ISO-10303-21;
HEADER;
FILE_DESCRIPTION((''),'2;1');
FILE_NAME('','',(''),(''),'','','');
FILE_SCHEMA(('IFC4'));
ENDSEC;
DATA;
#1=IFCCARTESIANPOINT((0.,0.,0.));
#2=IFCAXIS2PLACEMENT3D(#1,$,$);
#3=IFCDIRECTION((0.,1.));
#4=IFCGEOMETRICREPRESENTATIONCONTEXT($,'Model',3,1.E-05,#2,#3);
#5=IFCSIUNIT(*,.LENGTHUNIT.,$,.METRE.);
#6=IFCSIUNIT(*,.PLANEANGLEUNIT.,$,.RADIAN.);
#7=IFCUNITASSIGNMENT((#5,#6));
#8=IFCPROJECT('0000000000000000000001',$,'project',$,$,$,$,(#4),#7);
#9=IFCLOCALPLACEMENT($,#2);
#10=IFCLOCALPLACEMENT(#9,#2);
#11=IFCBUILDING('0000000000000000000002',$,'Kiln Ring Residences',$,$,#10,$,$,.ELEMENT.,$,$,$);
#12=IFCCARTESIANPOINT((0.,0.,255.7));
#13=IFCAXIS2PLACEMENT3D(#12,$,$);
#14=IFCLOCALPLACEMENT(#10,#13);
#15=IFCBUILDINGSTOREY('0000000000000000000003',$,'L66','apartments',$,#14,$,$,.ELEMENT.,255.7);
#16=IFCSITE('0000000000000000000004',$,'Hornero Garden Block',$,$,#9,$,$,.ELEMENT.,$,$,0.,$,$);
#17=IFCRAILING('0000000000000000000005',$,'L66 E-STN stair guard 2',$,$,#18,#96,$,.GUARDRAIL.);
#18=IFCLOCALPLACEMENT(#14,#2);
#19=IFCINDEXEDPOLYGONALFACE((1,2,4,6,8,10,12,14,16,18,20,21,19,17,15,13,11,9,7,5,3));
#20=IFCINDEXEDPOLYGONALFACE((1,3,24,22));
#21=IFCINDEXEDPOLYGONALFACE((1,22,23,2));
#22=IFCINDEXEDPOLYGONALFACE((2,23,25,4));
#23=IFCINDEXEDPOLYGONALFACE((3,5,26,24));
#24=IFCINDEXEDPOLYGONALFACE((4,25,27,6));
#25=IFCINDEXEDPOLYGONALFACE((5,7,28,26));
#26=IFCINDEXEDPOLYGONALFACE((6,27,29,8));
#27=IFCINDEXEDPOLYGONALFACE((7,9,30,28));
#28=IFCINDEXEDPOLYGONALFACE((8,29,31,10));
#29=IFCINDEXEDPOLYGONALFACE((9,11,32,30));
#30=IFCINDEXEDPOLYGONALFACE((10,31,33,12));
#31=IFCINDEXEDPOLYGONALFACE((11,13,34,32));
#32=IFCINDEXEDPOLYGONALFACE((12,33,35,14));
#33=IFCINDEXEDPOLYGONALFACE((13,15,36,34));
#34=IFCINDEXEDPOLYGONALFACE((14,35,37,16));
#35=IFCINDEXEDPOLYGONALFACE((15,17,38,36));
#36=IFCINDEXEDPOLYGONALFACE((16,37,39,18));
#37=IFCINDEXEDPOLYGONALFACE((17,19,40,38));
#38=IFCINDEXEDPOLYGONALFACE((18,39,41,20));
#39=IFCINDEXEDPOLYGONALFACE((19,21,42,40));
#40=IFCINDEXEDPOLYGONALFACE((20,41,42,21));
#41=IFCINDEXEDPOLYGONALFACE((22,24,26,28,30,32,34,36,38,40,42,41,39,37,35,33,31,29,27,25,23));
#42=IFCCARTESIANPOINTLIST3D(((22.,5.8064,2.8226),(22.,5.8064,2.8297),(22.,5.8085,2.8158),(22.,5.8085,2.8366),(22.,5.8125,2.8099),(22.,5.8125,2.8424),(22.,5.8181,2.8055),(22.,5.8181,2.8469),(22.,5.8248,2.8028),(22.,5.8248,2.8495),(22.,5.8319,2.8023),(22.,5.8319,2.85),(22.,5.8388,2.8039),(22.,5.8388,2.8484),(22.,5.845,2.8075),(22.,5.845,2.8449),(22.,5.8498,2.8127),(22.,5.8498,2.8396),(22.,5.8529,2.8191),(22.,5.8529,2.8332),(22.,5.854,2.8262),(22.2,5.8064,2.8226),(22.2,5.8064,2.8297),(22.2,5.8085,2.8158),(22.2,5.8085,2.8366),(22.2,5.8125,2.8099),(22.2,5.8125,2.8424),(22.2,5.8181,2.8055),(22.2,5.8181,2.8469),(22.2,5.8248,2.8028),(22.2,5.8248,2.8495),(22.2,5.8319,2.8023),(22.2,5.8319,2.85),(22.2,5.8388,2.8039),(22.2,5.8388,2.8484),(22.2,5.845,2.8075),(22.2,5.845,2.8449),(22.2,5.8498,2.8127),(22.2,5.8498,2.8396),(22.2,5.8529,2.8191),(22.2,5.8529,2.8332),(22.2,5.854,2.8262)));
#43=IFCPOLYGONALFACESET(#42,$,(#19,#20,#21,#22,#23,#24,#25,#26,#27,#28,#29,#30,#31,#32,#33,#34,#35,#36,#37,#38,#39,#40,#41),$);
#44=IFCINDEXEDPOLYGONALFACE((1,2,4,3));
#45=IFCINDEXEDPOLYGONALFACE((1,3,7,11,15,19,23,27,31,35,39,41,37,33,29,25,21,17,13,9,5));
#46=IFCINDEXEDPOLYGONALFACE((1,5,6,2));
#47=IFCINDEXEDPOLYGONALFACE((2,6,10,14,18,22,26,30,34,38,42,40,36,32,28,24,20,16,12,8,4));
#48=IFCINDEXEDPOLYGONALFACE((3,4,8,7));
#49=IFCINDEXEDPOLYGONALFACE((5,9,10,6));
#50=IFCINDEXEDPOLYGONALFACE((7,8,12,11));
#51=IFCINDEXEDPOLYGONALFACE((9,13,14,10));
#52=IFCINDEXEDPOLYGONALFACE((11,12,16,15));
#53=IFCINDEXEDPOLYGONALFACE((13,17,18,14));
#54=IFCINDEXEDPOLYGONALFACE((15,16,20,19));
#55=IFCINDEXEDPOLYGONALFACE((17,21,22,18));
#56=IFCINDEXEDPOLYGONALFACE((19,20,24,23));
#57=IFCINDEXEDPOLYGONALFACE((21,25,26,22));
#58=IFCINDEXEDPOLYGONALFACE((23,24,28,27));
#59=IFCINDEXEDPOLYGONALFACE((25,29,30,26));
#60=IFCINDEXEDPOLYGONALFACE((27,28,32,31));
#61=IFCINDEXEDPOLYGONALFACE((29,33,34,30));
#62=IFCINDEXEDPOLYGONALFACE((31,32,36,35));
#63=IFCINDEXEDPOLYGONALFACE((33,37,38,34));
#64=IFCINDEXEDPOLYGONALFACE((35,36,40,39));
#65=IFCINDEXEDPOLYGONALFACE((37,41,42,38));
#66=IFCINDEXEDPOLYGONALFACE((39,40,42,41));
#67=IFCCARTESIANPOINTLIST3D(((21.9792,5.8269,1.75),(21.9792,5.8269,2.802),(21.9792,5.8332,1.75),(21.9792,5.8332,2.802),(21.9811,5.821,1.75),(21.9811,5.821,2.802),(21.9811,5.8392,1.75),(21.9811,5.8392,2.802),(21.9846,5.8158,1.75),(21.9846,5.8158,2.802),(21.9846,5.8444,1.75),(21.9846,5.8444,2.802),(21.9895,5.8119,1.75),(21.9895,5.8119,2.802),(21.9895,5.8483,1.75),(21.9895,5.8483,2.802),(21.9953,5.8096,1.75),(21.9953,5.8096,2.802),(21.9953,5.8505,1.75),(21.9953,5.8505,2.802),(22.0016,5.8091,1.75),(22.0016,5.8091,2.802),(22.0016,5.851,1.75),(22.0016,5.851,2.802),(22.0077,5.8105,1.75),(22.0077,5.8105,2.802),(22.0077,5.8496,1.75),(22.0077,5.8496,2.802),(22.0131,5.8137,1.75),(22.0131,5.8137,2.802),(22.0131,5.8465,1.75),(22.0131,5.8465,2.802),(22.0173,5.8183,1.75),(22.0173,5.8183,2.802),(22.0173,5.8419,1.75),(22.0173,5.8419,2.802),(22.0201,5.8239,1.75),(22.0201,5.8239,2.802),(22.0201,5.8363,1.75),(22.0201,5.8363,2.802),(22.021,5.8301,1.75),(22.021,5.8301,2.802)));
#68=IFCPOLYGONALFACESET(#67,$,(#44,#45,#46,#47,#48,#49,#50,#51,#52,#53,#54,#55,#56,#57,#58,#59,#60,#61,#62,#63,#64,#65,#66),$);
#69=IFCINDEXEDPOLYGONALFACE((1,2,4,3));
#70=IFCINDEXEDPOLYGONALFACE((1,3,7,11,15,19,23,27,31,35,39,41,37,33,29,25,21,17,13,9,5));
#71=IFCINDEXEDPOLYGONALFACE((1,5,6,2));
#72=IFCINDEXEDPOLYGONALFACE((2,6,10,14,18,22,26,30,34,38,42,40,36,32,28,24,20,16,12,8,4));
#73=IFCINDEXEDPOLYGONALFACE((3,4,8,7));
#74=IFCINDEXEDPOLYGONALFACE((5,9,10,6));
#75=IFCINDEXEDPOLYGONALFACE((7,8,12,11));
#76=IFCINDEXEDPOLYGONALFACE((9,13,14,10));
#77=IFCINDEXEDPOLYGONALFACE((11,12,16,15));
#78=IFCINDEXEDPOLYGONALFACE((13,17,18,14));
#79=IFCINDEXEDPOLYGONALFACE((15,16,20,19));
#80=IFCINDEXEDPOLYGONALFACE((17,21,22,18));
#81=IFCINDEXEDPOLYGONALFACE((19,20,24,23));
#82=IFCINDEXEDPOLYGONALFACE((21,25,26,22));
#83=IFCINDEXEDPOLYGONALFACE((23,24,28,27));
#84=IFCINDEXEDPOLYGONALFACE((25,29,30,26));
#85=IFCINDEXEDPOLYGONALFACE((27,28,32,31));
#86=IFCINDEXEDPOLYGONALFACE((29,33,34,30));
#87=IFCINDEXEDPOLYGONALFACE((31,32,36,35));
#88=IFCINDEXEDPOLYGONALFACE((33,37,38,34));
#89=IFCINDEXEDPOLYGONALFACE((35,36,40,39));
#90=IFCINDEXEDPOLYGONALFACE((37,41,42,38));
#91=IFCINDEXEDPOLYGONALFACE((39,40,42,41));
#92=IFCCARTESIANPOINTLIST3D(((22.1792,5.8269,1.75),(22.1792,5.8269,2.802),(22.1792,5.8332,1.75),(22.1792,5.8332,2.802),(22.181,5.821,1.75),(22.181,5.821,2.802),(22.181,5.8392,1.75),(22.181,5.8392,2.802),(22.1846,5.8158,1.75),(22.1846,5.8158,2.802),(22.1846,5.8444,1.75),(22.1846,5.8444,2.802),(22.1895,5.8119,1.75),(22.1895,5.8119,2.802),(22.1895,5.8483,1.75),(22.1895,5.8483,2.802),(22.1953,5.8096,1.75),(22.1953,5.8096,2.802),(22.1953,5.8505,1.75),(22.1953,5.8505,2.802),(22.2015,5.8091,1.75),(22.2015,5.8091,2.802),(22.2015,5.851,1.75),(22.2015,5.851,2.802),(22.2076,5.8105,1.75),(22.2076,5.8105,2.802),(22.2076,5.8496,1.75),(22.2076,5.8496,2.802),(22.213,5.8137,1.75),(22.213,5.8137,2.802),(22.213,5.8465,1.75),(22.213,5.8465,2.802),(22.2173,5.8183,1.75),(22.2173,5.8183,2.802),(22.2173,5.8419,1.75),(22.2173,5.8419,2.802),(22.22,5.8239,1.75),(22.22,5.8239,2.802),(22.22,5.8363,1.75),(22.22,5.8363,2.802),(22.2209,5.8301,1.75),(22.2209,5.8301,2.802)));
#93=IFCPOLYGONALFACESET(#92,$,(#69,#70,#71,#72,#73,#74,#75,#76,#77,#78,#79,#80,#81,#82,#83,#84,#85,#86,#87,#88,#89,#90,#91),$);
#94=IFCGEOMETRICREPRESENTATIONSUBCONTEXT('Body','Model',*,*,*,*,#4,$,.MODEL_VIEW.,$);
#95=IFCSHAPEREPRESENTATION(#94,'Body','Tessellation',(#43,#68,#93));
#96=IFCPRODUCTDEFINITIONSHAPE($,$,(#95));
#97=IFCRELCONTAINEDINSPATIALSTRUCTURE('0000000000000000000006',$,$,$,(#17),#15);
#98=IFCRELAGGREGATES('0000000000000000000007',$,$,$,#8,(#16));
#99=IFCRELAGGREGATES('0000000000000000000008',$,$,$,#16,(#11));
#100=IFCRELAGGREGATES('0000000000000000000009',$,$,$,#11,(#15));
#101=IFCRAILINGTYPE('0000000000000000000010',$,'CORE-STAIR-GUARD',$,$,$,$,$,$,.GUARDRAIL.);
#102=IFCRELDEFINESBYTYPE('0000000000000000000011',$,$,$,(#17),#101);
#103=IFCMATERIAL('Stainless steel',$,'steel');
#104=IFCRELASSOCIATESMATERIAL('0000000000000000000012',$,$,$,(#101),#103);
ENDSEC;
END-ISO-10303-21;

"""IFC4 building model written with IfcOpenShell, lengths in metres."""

from ifc_helpers import new_model, si_unit, direction, frame, origin, origin_2d, place, context, subcontext, project, spatial, circle, extrude, material, type_object, element, save


model = new_model("IFC4")

# Units and contexts
model_context = context("Model", 3, precision=1e-05, world=origin(), true_north=direction((0.0, 1.0)))
body_context = subcontext(model_context, "Body", "Model", "MODEL_VIEW")
ifc_project = project(units=[si_unit("LENGTHUNIT", "METRE"), si_unit("PLANEANGLEUNIT", "RADIAN")], contexts=[model_context])

# Site, building, storey
site_placement = place(None, origin())
site = spatial("IfcSite", under=ifc_project, at=site_placement, Name="Hornero Garden Block", CompositionType="ELEMENT", RefElevation=0.0)
building_placement = place(site_placement, origin())
building = spatial("IfcBuilding", under=site, at=building_placement, Name="Kiln Ring Residences", CompositionType="ELEMENT")
storey_placement = place(building_placement, frame((0.0, 0.0, 255.7)))
storey = spatial("IfcBuildingStorey", under=building, at=storey_placement, Name="L66", Description="apartments", CompositionType="ELEMENT", Elevation=255.7)

# Railing
ifc_material_1 = material(Name="Stainless steel", Category="steel")
railing_type_1 = type_object("IfcRailingType", Name="CORE-STAIR-GUARD", PredefinedType="GUARDRAIL", material=ifc_material_1)
railing_1_placement = place(storey_placement, frame((22.0, 5.8301, 1.75)))
element("IfcRailing", 1, at=railing_1_placement, inside=storey, type_object=railing_type_1, Name="L66 E-STN stair guard 2", PredefinedType="GUARDRAIL", context=body_context, shape_type="SweptSolid", body=[
    extrude(circle(Radius=0.0239, at=origin_2d()), frame((0.0, 0.0, 1.0762), z_axis=(1.0, 0.0, 0.0), x_axis=(0.0, 1.0, 0.0)), (0.0, 0.0, 1.0), 0.2),
    extrude(circle(Radius=0.021, at=origin_2d()), origin(), (0.0, 0.0, 1.0), 1.052),
    extrude(circle(Radius=0.021, at=origin_2d()), frame((0.2, 0.0, 0.0)), (0.0, 0.0, 1.0), 1.052),
])

save(model, "model.ifc")
